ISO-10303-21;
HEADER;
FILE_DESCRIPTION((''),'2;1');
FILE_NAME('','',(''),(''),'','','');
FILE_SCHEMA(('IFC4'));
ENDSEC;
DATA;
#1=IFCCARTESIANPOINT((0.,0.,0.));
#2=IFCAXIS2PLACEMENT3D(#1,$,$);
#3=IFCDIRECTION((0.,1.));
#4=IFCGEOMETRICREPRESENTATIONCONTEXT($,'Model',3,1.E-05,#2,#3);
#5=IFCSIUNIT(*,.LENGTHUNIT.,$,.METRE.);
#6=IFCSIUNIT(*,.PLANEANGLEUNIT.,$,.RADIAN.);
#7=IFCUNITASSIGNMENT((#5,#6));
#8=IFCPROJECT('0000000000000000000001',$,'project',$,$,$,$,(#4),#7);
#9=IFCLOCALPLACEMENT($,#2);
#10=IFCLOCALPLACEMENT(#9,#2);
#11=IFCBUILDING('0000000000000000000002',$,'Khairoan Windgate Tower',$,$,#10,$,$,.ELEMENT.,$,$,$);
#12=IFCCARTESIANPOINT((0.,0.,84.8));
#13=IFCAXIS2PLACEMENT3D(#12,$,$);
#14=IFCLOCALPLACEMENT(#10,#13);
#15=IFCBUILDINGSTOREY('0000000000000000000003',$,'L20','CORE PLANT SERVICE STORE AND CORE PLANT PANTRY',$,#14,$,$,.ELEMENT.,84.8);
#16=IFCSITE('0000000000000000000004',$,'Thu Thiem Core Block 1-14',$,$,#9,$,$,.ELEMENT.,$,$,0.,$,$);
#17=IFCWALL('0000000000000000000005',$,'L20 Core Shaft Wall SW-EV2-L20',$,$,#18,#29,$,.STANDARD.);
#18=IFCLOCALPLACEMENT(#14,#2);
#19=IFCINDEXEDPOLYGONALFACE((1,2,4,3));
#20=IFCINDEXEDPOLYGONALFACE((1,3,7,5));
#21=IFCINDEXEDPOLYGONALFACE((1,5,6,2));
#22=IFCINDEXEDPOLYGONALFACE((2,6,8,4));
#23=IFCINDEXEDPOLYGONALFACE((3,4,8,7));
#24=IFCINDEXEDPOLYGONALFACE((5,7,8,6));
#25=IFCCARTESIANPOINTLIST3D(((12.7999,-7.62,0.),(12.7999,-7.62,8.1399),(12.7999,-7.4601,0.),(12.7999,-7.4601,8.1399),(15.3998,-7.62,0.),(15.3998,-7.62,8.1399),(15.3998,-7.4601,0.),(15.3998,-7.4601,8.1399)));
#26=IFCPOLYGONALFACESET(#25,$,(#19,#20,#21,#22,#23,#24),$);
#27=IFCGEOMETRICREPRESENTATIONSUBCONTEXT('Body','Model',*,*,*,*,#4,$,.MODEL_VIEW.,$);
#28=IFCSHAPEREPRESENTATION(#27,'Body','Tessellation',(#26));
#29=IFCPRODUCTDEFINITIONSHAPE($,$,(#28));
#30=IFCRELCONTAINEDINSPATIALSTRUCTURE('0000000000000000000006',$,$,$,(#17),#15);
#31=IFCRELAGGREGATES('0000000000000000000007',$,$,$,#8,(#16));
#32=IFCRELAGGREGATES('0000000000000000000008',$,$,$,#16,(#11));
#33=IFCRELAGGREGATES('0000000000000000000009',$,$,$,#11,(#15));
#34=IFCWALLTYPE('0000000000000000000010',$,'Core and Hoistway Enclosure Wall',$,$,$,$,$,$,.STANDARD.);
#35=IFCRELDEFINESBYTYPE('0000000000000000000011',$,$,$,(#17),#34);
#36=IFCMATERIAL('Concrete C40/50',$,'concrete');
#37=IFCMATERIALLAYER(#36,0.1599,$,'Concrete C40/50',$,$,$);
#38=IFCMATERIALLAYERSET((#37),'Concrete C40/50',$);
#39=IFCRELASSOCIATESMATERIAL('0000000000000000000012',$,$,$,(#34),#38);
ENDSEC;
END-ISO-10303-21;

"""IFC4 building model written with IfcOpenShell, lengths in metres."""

from ifc_helpers import new_model, si_unit, direction, frame, frame_2d, origin, place, context, subcontext, project, spatial, rectangle, extrude, material, layer, layer_set, type_object, element, save


model = new_model("IFC4")

# Units and contexts
model_context = context("Model", 3, precision=1e-05, world=origin(), true_north=direction((0.0, 1.0)))
body_context = subcontext(model_context, "Body", "Model", "MODEL_VIEW")
ifc_project = project(units=[si_unit("LENGTHUNIT", "METRE"), si_unit("PLANEANGLEUNIT", "RADIAN")], contexts=[model_context])

# Site, building, storey
site_placement = place(None, origin())
site = spatial("IfcSite", under=ifc_project, at=site_placement, Name="Thu Thiem Core Block 1-14", CompositionType="ELEMENT", RefElevation=0.0)
building_placement = place(site_placement, origin())
building = spatial("IfcBuilding", under=site, at=building_placement, Name="Khairoan Windgate Tower", CompositionType="ELEMENT")
storey_placement = place(building_placement, frame((0.0, 0.0, 84.8)))
storey = spatial("IfcBuildingStorey", under=building, at=storey_placement, Name="L20", Description="CORE PLANT SERVICE STORE AND CORE PLANT PANTRY", CompositionType="ELEMENT", Elevation=84.8)

# Wall
ifc_material_1 = material(Name="Concrete C40/50", Category="concrete")
ifc_layer_1 = layer(ifc_material_1, 0.1599, Name="Concrete C40/50")
ifc_layer_set_1 = layer_set([ifc_layer_1], Name="Concrete C40/50")
wall_type = type_object("IfcWallType", Name="Core and Hoistway Enclosure Wall", PredefinedType="STANDARD", material=ifc_layer_set_1)
for number, where, z_axis, x_axis, name in (
    (1, (12.8, -7.54, 0.0), (0.0, 0.0, 1.0), (1.0, 0.0, 0.0), "L20 Core Shaft Wall SW-EV2-L20"),
):
    element("IfcWall", number, at=place(storey_placement, frame(where, z_axis=z_axis, x_axis=x_axis)), inside=storey, type_object=wall_type, Name=name, PredefinedType="STANDARD", context=body_context, shape_type="SweptSolid", body=[
        extrude(rectangle(XDim=2.5999, YDim=0.1599, at=frame_2d((1.2998, 0.0))), origin(), (0.0, 0.0, 1.0), 8.1399),
    ])

save(model, "model.ifc")
